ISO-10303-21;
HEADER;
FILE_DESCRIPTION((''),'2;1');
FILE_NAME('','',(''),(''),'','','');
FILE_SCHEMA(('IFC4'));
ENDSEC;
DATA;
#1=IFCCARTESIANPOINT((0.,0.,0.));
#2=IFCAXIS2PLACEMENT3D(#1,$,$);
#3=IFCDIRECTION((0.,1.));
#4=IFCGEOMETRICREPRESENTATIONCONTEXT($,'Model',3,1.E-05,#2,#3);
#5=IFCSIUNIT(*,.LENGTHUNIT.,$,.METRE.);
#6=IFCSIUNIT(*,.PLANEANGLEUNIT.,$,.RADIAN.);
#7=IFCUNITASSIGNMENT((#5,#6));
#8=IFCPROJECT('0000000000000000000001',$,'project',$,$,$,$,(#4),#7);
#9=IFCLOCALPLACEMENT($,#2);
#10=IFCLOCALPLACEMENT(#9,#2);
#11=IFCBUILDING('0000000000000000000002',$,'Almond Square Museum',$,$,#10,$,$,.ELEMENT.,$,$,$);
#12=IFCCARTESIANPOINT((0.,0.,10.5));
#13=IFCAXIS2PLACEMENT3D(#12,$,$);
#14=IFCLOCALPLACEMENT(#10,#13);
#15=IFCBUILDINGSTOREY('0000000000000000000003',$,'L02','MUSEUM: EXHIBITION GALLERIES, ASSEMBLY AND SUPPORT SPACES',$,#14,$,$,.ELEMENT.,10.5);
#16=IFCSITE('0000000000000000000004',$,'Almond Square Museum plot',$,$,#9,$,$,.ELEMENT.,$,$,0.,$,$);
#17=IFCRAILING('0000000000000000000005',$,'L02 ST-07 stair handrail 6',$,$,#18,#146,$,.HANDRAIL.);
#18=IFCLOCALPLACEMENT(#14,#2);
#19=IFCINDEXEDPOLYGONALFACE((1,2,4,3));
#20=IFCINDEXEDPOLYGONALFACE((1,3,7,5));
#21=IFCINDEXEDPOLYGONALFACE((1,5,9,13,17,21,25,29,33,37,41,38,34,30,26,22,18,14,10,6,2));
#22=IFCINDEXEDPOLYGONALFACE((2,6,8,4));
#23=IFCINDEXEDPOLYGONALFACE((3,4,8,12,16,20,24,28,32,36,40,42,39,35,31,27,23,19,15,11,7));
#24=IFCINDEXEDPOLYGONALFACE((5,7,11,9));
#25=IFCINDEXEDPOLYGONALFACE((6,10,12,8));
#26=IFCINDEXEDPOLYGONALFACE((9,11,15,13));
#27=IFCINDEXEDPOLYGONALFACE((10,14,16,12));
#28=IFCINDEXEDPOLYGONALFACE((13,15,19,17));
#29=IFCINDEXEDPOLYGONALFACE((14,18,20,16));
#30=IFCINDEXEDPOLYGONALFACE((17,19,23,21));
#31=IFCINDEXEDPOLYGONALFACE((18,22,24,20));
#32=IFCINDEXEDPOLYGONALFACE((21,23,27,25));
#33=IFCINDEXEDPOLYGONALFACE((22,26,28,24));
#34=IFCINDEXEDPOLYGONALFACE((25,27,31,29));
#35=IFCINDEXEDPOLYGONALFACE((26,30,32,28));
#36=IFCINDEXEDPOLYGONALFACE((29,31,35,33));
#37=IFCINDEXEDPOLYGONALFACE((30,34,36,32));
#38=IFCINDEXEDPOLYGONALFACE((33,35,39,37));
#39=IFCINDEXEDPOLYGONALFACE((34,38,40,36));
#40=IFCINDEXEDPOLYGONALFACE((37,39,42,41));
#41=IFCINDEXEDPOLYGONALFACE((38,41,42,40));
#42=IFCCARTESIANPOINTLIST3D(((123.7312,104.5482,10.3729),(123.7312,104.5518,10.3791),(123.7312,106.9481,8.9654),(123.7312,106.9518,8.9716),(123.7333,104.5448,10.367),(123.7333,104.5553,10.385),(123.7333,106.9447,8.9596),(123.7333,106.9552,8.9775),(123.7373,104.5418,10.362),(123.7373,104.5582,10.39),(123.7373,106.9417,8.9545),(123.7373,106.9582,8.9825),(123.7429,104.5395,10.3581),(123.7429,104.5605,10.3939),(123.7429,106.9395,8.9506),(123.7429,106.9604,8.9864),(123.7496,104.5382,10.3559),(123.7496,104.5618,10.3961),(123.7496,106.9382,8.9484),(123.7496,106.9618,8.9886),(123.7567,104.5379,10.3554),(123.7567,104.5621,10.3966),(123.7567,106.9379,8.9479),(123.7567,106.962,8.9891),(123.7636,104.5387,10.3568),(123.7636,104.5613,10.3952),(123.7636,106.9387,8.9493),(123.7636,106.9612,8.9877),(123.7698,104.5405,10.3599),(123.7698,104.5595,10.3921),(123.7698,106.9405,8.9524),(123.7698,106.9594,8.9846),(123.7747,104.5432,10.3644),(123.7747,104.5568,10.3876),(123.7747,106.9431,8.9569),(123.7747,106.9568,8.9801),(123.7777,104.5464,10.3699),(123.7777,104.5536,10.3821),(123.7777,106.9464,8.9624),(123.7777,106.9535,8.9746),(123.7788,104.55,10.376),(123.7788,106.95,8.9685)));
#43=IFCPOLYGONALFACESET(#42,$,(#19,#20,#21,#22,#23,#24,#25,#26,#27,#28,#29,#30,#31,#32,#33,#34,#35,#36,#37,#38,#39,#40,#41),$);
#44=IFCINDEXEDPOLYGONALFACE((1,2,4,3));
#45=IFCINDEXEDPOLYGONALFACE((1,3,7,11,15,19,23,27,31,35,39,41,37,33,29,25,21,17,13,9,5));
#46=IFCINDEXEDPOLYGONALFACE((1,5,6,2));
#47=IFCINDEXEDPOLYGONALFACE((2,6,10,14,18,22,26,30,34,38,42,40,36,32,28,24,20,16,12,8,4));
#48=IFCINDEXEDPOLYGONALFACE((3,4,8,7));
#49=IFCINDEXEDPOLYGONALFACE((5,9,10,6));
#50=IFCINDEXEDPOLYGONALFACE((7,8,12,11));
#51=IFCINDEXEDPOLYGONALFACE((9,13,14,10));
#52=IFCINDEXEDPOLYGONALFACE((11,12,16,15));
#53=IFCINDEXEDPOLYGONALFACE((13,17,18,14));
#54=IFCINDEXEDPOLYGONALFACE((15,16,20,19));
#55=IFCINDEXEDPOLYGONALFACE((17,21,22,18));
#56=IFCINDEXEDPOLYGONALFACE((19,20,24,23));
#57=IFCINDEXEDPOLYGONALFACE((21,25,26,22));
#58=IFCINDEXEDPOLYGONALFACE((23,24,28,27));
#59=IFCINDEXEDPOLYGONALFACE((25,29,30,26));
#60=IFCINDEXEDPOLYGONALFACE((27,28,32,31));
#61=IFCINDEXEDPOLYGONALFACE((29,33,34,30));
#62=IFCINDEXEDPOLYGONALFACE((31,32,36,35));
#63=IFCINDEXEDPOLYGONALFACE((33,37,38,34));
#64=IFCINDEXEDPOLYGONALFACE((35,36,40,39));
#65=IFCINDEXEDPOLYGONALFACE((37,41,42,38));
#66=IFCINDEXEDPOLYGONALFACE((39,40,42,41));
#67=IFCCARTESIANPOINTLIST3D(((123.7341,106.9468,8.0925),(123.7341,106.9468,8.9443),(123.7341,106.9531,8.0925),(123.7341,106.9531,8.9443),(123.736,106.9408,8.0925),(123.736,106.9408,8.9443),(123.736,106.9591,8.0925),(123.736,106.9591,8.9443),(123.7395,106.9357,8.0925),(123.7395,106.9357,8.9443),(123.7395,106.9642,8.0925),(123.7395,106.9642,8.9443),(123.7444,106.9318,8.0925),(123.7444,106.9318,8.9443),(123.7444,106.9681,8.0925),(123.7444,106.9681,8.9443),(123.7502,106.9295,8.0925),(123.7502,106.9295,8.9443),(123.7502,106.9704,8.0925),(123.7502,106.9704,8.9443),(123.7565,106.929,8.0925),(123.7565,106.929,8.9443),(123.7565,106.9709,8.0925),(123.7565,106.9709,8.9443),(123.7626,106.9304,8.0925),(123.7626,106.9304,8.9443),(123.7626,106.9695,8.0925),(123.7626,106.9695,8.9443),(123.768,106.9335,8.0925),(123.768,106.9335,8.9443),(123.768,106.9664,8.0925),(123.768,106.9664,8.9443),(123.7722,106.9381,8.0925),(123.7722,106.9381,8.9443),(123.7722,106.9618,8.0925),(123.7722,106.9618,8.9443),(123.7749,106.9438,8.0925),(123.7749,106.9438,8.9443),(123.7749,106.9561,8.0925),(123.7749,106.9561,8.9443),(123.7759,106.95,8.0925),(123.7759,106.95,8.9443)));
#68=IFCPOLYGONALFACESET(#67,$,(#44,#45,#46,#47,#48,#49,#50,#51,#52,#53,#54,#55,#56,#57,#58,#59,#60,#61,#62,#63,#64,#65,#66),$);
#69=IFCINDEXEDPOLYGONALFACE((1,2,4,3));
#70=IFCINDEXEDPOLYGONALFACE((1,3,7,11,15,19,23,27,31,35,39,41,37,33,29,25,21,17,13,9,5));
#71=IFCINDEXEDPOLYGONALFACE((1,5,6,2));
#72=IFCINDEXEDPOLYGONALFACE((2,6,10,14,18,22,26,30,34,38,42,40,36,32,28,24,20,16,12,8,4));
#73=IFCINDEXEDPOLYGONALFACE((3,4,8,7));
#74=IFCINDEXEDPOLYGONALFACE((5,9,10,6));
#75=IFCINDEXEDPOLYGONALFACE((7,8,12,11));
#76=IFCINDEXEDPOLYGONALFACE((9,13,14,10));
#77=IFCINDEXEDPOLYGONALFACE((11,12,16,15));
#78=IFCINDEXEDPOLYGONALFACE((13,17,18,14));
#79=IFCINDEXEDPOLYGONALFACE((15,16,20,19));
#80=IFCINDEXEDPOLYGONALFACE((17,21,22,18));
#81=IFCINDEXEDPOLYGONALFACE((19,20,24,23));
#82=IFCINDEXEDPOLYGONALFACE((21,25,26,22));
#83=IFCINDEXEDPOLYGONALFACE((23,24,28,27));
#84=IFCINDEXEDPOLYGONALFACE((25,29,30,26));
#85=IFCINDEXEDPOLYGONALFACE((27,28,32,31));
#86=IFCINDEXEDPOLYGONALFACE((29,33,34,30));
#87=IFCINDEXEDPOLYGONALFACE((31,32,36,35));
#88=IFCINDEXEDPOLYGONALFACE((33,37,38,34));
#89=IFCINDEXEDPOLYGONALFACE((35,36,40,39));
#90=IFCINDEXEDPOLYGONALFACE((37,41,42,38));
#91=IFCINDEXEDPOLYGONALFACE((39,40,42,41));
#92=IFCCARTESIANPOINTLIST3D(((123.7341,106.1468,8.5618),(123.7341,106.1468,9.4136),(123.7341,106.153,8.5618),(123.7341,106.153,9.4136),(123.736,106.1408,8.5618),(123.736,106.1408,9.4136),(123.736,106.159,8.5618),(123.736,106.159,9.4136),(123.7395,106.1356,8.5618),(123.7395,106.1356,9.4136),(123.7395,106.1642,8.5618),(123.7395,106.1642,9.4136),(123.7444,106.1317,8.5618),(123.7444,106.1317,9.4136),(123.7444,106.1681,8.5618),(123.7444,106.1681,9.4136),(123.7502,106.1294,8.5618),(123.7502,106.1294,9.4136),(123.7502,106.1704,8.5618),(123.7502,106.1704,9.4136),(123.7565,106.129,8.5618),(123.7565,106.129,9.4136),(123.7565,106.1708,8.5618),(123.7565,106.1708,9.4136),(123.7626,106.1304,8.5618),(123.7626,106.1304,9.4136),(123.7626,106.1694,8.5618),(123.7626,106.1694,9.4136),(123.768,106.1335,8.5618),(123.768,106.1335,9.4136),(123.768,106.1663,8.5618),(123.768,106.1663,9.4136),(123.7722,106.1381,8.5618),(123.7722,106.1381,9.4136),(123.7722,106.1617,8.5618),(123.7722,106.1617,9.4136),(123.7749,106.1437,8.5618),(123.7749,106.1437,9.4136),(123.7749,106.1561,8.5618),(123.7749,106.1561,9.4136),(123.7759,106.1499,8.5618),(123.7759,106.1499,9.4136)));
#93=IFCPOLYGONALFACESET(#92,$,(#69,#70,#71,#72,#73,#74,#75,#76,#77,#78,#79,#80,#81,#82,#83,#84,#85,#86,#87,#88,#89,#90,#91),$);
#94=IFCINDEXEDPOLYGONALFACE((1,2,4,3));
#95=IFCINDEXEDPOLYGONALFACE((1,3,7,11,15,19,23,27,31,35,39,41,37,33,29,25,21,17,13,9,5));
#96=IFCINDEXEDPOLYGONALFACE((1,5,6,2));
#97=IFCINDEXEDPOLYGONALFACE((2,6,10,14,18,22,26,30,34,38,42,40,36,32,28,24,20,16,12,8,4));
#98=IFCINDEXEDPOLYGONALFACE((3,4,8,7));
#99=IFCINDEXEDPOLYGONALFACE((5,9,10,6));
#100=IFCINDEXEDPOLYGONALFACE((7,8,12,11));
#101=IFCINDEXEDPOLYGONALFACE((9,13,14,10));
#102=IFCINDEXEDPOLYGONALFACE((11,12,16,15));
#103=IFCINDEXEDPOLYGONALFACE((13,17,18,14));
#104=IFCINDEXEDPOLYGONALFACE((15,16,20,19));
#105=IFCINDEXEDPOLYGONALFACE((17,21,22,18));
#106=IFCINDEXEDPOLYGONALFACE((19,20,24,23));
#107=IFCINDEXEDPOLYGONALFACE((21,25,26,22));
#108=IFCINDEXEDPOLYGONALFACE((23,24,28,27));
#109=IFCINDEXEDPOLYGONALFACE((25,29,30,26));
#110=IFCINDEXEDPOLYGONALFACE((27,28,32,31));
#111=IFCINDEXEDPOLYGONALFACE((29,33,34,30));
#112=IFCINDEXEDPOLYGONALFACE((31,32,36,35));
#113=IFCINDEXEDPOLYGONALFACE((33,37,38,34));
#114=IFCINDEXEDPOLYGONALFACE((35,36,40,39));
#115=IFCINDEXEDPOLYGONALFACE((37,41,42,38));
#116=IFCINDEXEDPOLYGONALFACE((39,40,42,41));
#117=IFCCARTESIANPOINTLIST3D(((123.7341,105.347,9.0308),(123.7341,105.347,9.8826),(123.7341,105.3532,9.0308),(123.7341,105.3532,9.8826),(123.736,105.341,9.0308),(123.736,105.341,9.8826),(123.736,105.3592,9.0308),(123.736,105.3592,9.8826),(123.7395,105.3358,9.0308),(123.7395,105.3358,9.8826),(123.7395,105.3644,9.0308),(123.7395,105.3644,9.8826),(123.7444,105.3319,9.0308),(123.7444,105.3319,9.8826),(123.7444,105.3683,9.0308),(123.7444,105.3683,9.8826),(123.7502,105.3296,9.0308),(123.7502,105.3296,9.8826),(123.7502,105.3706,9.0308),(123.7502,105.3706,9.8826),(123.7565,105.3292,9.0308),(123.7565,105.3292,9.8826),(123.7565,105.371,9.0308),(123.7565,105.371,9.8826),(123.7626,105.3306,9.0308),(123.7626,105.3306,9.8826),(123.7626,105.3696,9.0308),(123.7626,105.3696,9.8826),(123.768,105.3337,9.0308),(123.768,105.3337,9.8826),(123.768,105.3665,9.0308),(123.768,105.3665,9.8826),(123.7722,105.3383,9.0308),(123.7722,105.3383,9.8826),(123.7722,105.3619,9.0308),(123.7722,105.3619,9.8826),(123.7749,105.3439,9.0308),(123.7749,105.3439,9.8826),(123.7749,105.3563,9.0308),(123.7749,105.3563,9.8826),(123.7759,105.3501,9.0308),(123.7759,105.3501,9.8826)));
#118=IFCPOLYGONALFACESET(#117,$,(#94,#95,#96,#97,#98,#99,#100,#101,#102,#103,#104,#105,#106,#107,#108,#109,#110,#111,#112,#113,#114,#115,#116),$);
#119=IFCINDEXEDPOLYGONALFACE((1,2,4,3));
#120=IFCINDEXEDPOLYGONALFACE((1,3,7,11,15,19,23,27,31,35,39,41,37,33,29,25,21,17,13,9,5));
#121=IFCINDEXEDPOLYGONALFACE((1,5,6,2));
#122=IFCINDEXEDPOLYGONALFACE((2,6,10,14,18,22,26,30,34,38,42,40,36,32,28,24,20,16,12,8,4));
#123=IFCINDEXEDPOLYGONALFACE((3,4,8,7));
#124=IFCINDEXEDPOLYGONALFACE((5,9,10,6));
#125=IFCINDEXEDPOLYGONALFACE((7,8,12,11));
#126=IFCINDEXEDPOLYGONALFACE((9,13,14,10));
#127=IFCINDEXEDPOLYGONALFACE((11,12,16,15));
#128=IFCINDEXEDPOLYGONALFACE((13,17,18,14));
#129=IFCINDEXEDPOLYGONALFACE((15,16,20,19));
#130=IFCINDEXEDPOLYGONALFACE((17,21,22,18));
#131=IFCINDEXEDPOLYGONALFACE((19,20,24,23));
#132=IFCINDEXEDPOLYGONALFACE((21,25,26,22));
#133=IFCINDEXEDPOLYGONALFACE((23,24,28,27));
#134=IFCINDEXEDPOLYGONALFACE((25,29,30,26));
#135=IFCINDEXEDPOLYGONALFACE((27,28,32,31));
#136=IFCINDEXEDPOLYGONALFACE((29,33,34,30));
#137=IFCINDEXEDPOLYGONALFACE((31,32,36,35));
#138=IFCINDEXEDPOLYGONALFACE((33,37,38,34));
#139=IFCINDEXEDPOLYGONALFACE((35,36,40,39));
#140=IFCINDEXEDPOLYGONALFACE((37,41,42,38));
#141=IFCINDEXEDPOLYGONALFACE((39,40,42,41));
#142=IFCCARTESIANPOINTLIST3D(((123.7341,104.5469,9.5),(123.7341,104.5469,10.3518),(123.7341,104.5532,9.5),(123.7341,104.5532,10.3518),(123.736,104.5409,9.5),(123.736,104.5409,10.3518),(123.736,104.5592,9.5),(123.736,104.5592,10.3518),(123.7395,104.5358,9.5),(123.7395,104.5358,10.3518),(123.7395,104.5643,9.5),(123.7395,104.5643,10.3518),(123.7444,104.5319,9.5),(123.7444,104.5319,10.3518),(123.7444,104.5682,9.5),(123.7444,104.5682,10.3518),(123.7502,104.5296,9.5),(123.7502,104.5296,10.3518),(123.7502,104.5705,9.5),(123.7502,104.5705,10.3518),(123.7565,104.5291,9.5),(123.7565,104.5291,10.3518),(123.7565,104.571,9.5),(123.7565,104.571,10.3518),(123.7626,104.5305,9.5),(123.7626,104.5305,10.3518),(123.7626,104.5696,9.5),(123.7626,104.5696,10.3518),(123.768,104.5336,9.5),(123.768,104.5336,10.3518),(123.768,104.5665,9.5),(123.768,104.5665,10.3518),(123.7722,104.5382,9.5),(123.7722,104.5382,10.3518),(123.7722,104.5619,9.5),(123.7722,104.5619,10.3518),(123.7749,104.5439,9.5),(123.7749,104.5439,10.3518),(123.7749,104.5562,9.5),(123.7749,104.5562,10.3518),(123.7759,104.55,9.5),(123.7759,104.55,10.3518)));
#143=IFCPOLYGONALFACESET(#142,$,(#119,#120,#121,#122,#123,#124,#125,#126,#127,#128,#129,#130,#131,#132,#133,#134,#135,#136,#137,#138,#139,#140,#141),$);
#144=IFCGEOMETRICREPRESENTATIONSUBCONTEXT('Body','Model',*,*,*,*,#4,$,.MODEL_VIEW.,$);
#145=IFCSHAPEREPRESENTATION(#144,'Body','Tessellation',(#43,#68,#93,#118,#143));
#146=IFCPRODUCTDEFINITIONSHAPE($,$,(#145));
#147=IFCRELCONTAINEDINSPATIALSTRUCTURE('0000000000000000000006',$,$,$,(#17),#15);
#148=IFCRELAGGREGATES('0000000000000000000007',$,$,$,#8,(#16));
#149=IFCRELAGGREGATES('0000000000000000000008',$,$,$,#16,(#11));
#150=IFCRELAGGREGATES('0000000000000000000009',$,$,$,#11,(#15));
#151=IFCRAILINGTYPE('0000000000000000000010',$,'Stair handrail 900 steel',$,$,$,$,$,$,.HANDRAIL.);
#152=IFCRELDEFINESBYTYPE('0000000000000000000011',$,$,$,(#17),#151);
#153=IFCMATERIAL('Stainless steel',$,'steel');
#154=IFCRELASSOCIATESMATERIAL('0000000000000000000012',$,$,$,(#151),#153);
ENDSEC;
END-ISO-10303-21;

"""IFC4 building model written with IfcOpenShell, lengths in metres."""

from ifc_helpers import new_model, si_unit, direction, frame, origin, origin_2d, place, context, subcontext, project, spatial, circle, extrude, material, type_object, element, save


model = new_model("IFC4")

# Units and contexts
model_context = context("Model", 3, precision=1e-05, world=origin(), true_north=direction((0.0, 1.0)))
body_context = subcontext(model_context, "Body", "Model", "MODEL_VIEW")
ifc_project = project(units=[si_unit("LENGTHUNIT", "METRE"), si_unit("PLANEANGLEUNIT", "RADIAN")], contexts=[model_context])

# Site, building, storey
site_placement = place(None, origin())
site = spatial("IfcSite", under=ifc_project, at=site_placement, Name="Almond Square Museum plot", CompositionType="ELEMENT", RefElevation=0.0)
building_placement = place(site_placement, origin())
building = spatial("IfcBuilding", under=site, at=building_placement, Name="Almond Square Museum", CompositionType="ELEMENT")
storey_placement = place(building_placement, frame((0.0, 0.0, 10.5)))
storey = spatial("IfcBuildingStorey", under=building, at=storey_placement, Name="L02", Description="MUSEUM: EXHIBITION GALLERIES, ASSEMBLY AND SUPPORT SPACES", CompositionType="ELEMENT", Elevation=10.5)

# Railing
ifc_material_1 = material(Name="Stainless steel", Category="steel")
railing_type = type_object("IfcRailingType", Name="Stair handrail 900 steel", PredefinedType="HANDRAIL", material=ifc_material_1)
railing_1_placement = place(storey_placement, frame((123.7549, 106.95, 8.0925)))
element("IfcRailing", 1, at=railing_1_placement, inside=storey, type_object=railing_type, Name="L02 ST-07 stair handrail 6", PredefinedType="HANDRAIL", context=body_context, shape_type="SweptSolid", body=[
    extrude(circle(Radius=0.0239, at=origin_2d()), frame((0.0, 0.0, 0.876), z_axis=(0.0, -0.862599, 0.505888), x_axis=(1.0, 0.0, 0.0)), (0.0, 0.0, 1.0), 2.7822),
    extrude(circle(Radius=0.021, at=origin_2d()), origin(), (0.0, 0.0, 1.0), 0.8518),
    extrude(circle(Radius=0.021, at=origin_2d()), frame((0.0, -0.8, 0.4692)), (0.0, 0.0, 1.0), 0.8518),
    extrude(circle(Radius=0.021, at=origin_2d()), frame((0.0, -1.5999, 0.9382)), (0.0, 0.0, 1.0), 0.8518),
    extrude(circle(Radius=0.021, at=origin_2d()), frame((0.0, -2.3999, 1.4075)), (0.0, 0.0, 1.0), 0.8518),
])

save(model, "model.ifc")
